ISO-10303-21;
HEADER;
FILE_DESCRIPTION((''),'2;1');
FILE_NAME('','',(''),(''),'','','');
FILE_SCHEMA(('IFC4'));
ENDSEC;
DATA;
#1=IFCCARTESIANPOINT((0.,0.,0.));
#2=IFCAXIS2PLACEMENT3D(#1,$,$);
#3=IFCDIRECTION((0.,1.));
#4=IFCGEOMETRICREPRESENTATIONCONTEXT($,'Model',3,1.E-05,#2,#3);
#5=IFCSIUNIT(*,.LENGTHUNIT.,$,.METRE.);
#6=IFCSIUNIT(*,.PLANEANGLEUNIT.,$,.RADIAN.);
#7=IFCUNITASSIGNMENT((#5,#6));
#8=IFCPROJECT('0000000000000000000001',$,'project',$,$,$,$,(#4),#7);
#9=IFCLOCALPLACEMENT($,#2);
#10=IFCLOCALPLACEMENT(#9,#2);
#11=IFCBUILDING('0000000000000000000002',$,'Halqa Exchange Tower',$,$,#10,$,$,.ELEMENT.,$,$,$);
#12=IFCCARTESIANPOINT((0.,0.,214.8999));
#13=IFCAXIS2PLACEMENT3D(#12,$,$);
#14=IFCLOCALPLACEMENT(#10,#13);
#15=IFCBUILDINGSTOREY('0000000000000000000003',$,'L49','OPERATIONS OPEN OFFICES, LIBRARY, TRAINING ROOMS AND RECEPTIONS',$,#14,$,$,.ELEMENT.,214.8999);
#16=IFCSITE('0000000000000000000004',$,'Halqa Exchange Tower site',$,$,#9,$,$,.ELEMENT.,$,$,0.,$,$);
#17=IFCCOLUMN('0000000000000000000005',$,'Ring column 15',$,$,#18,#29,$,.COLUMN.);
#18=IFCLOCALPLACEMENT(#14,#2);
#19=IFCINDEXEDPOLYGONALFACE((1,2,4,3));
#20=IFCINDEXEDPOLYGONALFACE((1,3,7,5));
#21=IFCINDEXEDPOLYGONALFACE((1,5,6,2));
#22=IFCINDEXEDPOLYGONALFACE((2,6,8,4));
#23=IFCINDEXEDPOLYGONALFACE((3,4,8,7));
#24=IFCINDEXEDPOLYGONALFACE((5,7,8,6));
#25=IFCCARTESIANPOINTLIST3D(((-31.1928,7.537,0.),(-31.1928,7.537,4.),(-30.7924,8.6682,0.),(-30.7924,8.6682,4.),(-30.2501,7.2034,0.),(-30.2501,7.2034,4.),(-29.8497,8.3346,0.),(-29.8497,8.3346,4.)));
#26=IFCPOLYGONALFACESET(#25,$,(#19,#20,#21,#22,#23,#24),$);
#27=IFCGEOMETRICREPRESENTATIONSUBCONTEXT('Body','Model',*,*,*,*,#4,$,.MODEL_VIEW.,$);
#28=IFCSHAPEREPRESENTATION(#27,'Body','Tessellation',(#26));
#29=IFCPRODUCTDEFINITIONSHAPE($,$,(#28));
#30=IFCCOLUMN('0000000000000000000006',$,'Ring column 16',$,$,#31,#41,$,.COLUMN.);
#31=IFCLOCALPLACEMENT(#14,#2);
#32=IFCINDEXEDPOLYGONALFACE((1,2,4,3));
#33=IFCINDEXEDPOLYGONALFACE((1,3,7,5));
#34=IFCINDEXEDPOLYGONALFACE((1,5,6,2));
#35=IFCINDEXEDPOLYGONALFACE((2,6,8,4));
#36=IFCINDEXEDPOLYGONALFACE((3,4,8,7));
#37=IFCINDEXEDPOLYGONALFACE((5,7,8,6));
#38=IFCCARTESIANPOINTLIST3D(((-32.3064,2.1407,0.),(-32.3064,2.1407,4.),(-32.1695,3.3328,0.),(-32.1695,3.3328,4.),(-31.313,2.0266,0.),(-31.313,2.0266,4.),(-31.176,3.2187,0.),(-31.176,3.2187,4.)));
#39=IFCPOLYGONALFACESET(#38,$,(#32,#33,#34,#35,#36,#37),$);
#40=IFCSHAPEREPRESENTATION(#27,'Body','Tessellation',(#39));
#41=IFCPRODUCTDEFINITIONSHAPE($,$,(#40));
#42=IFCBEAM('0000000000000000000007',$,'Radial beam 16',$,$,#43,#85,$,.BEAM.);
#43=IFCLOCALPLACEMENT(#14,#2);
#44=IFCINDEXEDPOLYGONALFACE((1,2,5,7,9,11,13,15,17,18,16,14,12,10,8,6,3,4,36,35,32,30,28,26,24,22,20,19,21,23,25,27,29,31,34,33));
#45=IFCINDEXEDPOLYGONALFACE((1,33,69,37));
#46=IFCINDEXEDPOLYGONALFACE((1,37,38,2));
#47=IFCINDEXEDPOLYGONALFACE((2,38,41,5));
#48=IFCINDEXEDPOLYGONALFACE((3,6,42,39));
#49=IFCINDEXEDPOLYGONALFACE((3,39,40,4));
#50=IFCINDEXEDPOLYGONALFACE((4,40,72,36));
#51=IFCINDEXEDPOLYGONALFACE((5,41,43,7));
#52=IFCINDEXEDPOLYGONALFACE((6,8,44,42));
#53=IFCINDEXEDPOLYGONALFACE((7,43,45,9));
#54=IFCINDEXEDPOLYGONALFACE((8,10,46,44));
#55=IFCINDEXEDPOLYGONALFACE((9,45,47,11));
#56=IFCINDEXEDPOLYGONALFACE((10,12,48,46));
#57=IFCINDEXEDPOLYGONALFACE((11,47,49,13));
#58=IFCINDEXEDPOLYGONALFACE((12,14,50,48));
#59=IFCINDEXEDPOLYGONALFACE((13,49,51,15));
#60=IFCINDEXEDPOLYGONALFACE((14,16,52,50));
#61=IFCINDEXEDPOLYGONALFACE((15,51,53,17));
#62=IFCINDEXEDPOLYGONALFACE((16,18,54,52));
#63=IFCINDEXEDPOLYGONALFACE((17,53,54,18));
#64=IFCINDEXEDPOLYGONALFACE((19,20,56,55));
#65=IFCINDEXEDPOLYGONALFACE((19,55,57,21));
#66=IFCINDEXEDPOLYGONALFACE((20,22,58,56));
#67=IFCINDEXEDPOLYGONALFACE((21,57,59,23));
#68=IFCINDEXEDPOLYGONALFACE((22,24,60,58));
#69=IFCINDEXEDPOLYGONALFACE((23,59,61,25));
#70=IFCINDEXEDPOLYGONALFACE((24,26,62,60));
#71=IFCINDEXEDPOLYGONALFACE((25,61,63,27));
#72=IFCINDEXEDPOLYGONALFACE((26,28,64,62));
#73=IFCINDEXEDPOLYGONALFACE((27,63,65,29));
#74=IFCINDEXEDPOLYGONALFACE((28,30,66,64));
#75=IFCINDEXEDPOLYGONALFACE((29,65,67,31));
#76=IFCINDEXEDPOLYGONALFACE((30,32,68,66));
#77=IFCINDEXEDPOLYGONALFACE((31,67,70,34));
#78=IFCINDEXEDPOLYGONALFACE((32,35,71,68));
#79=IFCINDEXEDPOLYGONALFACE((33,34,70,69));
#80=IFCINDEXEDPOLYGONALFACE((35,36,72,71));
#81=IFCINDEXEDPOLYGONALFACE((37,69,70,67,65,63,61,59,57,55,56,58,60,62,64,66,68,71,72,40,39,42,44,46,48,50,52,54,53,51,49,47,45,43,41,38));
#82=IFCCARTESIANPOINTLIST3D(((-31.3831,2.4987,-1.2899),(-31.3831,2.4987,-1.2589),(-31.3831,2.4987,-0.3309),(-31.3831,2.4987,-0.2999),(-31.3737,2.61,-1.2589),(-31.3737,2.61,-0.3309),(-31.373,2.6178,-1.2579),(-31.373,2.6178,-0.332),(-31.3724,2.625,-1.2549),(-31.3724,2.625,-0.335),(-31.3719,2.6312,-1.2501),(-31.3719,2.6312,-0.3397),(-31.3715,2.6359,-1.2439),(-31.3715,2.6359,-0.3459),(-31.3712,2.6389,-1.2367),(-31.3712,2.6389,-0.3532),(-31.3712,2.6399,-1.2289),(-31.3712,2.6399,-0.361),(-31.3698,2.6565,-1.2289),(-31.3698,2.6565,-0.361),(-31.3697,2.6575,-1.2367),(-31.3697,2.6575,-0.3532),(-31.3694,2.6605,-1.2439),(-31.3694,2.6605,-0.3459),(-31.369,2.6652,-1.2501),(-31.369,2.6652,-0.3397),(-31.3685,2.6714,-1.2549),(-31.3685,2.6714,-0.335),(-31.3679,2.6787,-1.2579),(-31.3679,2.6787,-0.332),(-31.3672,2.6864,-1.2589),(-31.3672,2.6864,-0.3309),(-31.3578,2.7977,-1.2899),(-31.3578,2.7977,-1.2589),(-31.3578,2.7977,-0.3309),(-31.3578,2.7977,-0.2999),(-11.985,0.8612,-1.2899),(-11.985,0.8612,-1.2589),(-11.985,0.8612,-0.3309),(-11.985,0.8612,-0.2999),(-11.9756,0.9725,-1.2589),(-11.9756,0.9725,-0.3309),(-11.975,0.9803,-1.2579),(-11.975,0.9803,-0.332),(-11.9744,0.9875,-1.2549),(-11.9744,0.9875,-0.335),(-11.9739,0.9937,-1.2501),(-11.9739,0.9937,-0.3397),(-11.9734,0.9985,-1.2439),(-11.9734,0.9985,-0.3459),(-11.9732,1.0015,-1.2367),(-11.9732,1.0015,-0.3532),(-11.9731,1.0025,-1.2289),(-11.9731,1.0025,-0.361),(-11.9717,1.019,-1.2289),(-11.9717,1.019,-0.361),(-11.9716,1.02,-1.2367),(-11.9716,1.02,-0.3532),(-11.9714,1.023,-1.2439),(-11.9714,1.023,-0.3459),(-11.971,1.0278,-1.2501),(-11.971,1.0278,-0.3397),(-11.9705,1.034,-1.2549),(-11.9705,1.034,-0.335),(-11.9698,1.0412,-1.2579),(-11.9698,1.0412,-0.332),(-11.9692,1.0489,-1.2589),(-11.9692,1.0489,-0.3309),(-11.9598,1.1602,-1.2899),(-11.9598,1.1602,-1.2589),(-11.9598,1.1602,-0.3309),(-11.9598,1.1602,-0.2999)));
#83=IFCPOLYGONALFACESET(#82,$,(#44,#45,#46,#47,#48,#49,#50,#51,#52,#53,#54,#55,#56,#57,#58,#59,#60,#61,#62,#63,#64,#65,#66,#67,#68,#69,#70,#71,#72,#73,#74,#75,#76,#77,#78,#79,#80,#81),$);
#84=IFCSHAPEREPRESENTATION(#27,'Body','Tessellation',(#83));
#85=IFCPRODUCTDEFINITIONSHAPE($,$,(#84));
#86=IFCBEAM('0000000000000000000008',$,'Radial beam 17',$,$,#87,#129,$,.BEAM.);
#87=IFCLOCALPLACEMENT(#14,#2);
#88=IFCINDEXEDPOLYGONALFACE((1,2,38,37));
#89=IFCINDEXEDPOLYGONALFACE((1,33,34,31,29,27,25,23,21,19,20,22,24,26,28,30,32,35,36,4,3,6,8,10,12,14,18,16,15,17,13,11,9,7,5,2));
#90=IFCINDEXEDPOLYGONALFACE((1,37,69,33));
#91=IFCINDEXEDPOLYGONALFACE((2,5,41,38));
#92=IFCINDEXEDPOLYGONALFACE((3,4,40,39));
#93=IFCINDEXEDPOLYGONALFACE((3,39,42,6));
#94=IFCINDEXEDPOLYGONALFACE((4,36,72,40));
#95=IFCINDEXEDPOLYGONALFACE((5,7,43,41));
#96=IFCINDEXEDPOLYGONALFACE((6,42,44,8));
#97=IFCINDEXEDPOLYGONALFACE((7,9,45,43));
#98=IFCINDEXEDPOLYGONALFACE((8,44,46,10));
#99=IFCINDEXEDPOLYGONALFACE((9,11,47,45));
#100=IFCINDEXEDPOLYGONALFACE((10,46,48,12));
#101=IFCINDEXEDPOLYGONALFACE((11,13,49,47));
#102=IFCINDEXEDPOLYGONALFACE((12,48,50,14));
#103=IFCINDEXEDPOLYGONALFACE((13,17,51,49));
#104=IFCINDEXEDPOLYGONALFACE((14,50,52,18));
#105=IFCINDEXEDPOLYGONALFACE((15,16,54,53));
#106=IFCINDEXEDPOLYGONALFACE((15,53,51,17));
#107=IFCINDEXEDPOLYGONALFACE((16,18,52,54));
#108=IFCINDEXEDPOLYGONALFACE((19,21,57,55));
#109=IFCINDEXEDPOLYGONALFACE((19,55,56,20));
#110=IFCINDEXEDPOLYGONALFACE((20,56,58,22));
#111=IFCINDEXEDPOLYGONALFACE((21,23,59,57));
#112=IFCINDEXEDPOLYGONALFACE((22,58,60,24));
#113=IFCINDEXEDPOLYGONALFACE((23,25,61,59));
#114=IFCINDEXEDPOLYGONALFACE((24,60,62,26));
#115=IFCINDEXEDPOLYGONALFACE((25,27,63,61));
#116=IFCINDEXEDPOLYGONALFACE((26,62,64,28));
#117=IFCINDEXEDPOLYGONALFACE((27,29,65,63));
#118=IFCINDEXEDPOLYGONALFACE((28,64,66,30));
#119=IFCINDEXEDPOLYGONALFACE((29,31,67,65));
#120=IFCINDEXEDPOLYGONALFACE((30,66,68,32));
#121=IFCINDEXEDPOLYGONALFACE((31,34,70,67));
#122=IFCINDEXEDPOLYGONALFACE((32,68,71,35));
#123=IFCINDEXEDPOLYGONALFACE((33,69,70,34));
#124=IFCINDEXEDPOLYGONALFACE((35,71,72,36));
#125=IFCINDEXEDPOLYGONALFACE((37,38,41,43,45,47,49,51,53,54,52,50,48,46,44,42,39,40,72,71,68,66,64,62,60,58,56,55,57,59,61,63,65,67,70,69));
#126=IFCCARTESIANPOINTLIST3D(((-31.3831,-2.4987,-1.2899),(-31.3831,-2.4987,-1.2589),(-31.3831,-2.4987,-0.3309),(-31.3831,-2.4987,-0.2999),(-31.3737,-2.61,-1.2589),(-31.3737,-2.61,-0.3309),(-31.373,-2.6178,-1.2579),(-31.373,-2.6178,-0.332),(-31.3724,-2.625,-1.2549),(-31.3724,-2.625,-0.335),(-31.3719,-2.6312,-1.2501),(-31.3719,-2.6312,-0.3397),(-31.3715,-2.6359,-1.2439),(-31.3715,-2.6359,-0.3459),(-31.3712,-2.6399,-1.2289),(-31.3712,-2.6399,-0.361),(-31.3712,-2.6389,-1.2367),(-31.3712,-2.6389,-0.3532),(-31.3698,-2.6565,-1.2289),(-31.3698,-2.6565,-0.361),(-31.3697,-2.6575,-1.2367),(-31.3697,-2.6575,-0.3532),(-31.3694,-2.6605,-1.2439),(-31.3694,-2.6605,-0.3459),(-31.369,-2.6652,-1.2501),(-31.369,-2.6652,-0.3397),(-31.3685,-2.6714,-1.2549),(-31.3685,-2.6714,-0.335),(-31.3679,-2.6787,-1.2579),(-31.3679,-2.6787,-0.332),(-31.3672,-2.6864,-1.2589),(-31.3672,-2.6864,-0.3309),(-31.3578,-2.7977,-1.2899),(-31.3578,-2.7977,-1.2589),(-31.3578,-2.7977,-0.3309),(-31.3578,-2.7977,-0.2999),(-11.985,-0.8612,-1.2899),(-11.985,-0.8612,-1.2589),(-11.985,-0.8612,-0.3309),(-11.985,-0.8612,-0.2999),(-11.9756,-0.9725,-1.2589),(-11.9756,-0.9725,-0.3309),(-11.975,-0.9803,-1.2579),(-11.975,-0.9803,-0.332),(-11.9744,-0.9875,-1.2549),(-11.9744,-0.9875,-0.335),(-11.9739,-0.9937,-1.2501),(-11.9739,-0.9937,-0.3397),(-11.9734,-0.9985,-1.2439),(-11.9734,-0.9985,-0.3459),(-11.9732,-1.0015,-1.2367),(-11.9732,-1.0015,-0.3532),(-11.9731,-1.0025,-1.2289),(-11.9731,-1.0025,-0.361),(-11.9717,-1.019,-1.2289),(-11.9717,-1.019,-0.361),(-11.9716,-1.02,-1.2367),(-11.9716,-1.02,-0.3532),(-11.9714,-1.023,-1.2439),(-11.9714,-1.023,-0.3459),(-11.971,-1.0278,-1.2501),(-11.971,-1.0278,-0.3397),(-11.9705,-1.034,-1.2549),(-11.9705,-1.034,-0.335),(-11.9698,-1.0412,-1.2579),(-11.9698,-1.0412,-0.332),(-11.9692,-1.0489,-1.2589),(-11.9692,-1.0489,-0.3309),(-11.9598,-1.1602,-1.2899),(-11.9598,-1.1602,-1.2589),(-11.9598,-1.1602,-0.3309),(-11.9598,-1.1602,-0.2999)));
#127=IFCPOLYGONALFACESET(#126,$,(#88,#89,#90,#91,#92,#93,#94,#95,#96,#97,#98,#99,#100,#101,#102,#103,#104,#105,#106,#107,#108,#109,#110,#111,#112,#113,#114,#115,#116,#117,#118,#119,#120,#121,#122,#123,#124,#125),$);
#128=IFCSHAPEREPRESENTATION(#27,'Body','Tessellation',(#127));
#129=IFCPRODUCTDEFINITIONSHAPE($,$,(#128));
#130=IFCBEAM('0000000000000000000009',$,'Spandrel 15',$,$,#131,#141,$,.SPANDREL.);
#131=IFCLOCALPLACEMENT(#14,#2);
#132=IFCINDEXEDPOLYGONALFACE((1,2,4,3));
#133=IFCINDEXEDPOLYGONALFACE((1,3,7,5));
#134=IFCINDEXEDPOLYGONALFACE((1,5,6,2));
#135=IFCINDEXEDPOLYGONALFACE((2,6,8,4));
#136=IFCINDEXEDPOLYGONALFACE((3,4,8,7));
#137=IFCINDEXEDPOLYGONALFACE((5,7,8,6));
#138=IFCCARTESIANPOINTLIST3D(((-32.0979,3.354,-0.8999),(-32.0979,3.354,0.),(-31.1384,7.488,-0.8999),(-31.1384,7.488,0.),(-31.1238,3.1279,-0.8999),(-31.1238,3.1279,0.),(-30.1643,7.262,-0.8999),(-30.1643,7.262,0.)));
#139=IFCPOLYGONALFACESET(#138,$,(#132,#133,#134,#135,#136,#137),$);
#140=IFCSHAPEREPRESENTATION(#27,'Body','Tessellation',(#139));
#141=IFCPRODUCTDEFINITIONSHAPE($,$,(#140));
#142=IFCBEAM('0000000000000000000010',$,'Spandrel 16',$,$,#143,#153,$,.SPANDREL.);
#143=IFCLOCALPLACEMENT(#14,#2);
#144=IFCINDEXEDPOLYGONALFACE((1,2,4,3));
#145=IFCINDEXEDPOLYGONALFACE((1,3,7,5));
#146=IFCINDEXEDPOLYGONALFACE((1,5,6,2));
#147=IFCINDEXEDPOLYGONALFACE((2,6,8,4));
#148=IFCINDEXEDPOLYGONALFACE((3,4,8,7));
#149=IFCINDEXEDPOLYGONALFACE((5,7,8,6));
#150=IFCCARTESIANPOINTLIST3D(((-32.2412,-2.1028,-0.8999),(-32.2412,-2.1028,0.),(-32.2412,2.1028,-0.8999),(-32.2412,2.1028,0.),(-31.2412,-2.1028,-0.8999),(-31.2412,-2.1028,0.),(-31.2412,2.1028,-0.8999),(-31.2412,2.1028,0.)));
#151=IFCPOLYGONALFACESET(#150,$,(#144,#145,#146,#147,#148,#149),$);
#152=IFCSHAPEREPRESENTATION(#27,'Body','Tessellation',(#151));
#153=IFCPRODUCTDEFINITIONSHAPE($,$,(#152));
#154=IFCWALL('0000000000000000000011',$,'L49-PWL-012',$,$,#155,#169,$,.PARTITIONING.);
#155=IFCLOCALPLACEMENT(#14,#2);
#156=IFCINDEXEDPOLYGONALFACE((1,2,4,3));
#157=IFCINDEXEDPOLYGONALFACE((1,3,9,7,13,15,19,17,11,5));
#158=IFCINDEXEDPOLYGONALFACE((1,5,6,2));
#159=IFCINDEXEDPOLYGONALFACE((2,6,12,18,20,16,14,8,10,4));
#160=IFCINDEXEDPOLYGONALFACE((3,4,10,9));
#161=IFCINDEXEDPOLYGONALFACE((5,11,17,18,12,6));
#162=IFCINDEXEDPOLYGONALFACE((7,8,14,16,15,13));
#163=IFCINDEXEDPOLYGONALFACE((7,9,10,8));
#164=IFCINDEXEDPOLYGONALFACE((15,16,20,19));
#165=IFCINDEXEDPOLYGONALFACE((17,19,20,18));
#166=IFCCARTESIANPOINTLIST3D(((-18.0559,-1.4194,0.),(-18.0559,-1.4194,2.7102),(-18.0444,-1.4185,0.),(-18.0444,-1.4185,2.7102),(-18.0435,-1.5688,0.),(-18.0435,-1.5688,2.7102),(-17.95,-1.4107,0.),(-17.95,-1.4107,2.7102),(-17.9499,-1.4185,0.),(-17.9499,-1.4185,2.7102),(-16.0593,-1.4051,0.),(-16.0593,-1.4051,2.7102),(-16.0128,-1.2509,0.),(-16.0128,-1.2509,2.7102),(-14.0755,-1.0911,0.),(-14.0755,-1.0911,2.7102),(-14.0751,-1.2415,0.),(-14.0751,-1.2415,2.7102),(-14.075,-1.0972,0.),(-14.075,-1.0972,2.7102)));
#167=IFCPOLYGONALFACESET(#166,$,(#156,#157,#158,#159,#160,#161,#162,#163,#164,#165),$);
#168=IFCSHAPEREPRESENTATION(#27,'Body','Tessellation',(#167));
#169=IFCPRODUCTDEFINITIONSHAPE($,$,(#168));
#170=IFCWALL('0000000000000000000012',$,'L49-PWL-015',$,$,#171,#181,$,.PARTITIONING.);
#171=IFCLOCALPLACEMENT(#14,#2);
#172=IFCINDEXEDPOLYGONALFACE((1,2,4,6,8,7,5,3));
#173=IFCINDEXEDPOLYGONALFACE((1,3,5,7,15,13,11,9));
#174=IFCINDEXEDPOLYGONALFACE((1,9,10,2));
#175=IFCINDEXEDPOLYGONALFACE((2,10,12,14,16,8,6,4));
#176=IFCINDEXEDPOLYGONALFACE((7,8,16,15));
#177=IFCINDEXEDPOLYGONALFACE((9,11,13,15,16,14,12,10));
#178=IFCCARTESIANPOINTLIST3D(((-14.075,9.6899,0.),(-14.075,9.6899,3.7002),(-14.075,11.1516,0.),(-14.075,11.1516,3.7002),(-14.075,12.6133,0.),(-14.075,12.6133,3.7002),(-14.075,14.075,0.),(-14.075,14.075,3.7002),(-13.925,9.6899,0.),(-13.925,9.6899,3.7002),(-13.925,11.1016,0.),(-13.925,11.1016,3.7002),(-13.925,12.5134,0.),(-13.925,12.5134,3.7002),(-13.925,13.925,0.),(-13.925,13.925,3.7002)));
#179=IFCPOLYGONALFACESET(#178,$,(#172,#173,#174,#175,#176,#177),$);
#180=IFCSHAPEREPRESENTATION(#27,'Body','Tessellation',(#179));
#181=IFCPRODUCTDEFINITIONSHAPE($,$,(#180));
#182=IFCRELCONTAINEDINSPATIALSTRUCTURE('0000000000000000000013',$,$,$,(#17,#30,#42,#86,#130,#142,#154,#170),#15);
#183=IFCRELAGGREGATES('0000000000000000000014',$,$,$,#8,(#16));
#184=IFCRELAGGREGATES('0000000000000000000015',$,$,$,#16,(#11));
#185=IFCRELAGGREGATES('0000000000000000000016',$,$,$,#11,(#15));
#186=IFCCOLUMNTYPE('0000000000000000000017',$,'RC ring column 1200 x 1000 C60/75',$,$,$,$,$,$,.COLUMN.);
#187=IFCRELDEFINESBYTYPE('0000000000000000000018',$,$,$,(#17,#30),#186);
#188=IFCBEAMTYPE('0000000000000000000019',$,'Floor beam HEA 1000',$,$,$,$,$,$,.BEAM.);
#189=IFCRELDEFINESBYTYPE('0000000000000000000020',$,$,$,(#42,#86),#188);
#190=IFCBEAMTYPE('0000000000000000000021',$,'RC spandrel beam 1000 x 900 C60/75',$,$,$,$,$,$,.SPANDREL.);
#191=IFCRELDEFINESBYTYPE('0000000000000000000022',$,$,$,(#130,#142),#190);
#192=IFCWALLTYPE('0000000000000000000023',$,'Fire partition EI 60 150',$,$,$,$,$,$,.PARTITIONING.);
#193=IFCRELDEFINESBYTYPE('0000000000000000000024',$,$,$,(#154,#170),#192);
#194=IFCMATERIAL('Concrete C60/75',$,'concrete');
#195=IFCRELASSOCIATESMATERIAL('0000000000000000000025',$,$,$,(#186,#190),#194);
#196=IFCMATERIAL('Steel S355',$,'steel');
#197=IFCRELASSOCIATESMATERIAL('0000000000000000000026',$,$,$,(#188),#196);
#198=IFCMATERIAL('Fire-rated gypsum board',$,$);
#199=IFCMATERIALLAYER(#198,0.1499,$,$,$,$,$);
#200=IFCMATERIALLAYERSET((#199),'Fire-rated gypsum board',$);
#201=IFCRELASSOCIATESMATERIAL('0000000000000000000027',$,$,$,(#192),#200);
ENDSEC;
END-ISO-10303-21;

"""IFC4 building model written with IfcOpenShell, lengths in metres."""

from ifc_helpers import new_model, si_unit, direction, frame, origin, origin_2d, place, context, subcontext, project, spatial, polyline, rectangle, i_section, outline, extrude, material, layer, layer_set, material_profile, profile_set, type_object, element, save


model = new_model("IFC4")

# Units and contexts
model_context = context("Model", 3, precision=1e-05, world=origin(), true_north=direction((0.0, 1.0)))
body_context = subcontext(model_context, "Body", "Model", "MODEL_VIEW")
ifc_project = project(units=[si_unit("LENGTHUNIT", "METRE"), si_unit("PLANEANGLEUNIT", "RADIAN")], contexts=[model_context])

# Site, building, storey
site_placement = place(None, origin())
site = spatial("IfcSite", under=ifc_project, at=site_placement, Name="Halqa Exchange Tower site", CompositionType="ELEMENT", RefElevation=0.0)
building_placement = place(site_placement, origin())
building = spatial("IfcBuilding", under=site, at=building_placement, Name="Halqa Exchange Tower", CompositionType="ELEMENT")
storey_placement = place(building_placement, frame((0.0, 0.0, 214.8999)))
storey = spatial("IfcBuildingStorey", under=building, at=storey_placement, Name="L49", Description="OPERATIONS OPEN OFFICES, LIBRARY, TRAINING ROOMS AND RECEPTIONS", CompositionType="ELEMENT", Elevation=214.8999)

# Columns
ifc_material_1 = material(Name="Concrete C60/75", Category="concrete")
ifc_material_profile_1 = material_profile(ifc_material_1, rectangle(XDim=1.2, YDim=1.0, at=origin_2d()), Name="1200 x 1000")
ifc_profile_set_1 = profile_set([ifc_material_profile_1], Name="Concrete C60/75")
column_type = type_object("IfcColumnType", Name="RC ring column 1200 x 1000 C60/75", PredefinedType="COLUMN", material=ifc_profile_set_1)
for number, where, z_axis, x_axis, name in (
    (1, (-30.5212, 7.9358, 0.0), (0.0, 0.0, 1.0), (-0.333626, -0.942706, 0.0), "Ring column 15"),
    (2, (-31.7412, 2.6797, 0.0), (0.0, 0.0, 1.0), (-0.114157, -0.993463, 0.0), "Ring column 16"),
):
    element("IfcColumn", number, at=place(storey_placement, frame(where, z_axis=z_axis, x_axis=x_axis)), inside=storey, type_object=column_type, Name=name, PredefinedType="COLUMN", context=body_context, shape_type="SweptSolid", body=[
        extrude(rectangle(XDim=1.2, YDim=1.0, at=origin_2d()), origin(), (0.0, 0.0, 1.0), 4.0),
    ])

# Beams
ifc_material_2 = material(Name="Steel S355", Category="steel")
ifc_material_profile_2 = material_profile(ifc_material_2, i_section(OverallWidth=0.3, OverallDepth=0.99, WebThickness=0.0166, FlangeThickness=0.031, FilletRadius=0.03, at=origin_2d()), Name="HEA 1000")
ifc_profile_set_2 = profile_set([ifc_material_profile_2], Name="Steel S355")
beam_type_1 = type_object("IfcBeamType", Name="Floor beam HEA 1000", PredefinedType="BEAM", material=ifc_profile_set_2)
for number, where, z_axis, x_axis, name in (
    (3, (-11.9724, 1.0107, -0.7949), (-0.996456, 0.084114, 0.0), (-0.084114, -0.996456, 0.0), "Radial beam 16"),
    (4, (-11.9724, -1.0107, -0.7949), (-0.996456, -0.084114, 0.0), (0.084114, -0.996456, 0.0), "Radial beam 17"),
):
    element("IfcBeam", number, at=place(storey_placement, frame(where, z_axis=z_axis, x_axis=x_axis)), inside=storey, type_object=beam_type_1, Name=name, PredefinedType="BEAM", context=body_context, shape_type="SweptSolid", body=[
        extrude(i_section(OverallWidth=0.3, OverallDepth=0.99, WebThickness=0.0166, FlangeThickness=0.031, FilletRadius=0.03, at=origin_2d()), origin(), (0.0, 0.0, 1.0), 19.467),
    ])
ifc_material_profile_3 = material_profile(ifc_material_1, rectangle(XDim=1.0, YDim=0.8999, at=origin_2d()), Name="1000 x 900")
ifc_profile_set_3 = profile_set([ifc_material_profile_3], Name="Concrete C60/75")
beam_type_2 = type_object("IfcBeamType", Name="RC spandrel beam 1000 x 900 C60/75", PredefinedType="SPANDREL", material=ifc_profile_set_3)
beam_1_placement = place(storey_placement, frame((-30.6514, 7.375, -0.45), z_axis=(-0.226082, -0.974108, 0.0), x_axis=(0.974108, -0.226082, 0.0)))
element("IfcBeam", 5, at=beam_1_placement, inside=storey, type_object=beam_type_2, Name="Spandrel 15", PredefinedType="SPANDREL", context=body_context, shape_type="SweptSolid", body=[
    extrude(rectangle(XDim=1.0, YDim=0.8999, at=origin_2d()), origin(), (0.0, 0.0, 1.0), 4.2439),
])
beam_2_placement = place(storey_placement, frame((-31.7412, 2.1028, -0.45), z_axis=(0.0, -1.0, 0.0), x_axis=(1.0, 0.0, 0.0)))
element("IfcBeam", 6, at=beam_2_placement, inside=storey, type_object=beam_type_2, Name="Spandrel 16", PredefinedType="SPANDREL", context=body_context, shape_type="SweptSolid", body=[
    extrude(rectangle(XDim=1.0, YDim=0.8999, at=origin_2d()), origin(), (0.0, 0.0, 1.0), 4.2056),
])

# Walls
ifc_material_3 = material(Name="Fire-rated gypsum board")
ifc_layer_1 = layer(ifc_material_3, 0.1499)
ifc_layer_set_1 = layer_set([ifc_layer_1], Name="Fire-rated gypsum board")
wall_type_1 = type_object("IfcWallType", Name="Fire partition EI 60 150", PredefinedType="PARTITIONING", material=ifc_layer_set_1)
wall_1_placement = place(storey_placement, frame((-14.0693, -1.1658, 0.0), z_axis=(0.0, 0.0, 1.0), x_axis=(-0.996615, -0.082216, 0.0)))
element("IfcWall", 7, at=wall_1_placement, inside=storey, type_object=wall_type_1, Name="L49-PWL-012", PredefinedType="PARTITIONING", context=body_context, shape_type="SweptSolid", body=[
    extrude(outline(polyline([(0.0, -0.075), (1.9438, -0.075), (3.8877, -0.075), (3.8882, -0.0671), (3.9824, -0.075), (3.9939, -0.075), (3.9939, 0.075), (2.0029, 0.075), (0.012, 0.075), (0.0, -0.0688), (0.0, -0.075)])), origin(), (0.0, 0.0, 1.0), 2.7102),
])
wall_2_placement = place(storey_placement, frame((-14.0, 9.6899, 0.0), z_axis=(0.0, 0.0, 1.0), x_axis=(0.0, 1.0, 0.0)))
element("IfcWall", 8, at=wall_2_placement, inside=storey, type_object=wall_type_1, Name="L49-PWL-015", PredefinedType="PARTITIONING", context=body_context, shape_type="SweptSolid", body=[
    extrude(outline(polyline([(0.0, -0.075), (1.4116, -0.075), (2.8235, -0.075), (4.2351, -0.075), (4.385, 0.075), (2.9233, 0.075), (1.4617, 0.075), (0.0, 0.075), (0.0, -0.075)])), origin(), (0.0, 0.0, 1.0), 3.7002),
])

save(model, "model.ifc")
